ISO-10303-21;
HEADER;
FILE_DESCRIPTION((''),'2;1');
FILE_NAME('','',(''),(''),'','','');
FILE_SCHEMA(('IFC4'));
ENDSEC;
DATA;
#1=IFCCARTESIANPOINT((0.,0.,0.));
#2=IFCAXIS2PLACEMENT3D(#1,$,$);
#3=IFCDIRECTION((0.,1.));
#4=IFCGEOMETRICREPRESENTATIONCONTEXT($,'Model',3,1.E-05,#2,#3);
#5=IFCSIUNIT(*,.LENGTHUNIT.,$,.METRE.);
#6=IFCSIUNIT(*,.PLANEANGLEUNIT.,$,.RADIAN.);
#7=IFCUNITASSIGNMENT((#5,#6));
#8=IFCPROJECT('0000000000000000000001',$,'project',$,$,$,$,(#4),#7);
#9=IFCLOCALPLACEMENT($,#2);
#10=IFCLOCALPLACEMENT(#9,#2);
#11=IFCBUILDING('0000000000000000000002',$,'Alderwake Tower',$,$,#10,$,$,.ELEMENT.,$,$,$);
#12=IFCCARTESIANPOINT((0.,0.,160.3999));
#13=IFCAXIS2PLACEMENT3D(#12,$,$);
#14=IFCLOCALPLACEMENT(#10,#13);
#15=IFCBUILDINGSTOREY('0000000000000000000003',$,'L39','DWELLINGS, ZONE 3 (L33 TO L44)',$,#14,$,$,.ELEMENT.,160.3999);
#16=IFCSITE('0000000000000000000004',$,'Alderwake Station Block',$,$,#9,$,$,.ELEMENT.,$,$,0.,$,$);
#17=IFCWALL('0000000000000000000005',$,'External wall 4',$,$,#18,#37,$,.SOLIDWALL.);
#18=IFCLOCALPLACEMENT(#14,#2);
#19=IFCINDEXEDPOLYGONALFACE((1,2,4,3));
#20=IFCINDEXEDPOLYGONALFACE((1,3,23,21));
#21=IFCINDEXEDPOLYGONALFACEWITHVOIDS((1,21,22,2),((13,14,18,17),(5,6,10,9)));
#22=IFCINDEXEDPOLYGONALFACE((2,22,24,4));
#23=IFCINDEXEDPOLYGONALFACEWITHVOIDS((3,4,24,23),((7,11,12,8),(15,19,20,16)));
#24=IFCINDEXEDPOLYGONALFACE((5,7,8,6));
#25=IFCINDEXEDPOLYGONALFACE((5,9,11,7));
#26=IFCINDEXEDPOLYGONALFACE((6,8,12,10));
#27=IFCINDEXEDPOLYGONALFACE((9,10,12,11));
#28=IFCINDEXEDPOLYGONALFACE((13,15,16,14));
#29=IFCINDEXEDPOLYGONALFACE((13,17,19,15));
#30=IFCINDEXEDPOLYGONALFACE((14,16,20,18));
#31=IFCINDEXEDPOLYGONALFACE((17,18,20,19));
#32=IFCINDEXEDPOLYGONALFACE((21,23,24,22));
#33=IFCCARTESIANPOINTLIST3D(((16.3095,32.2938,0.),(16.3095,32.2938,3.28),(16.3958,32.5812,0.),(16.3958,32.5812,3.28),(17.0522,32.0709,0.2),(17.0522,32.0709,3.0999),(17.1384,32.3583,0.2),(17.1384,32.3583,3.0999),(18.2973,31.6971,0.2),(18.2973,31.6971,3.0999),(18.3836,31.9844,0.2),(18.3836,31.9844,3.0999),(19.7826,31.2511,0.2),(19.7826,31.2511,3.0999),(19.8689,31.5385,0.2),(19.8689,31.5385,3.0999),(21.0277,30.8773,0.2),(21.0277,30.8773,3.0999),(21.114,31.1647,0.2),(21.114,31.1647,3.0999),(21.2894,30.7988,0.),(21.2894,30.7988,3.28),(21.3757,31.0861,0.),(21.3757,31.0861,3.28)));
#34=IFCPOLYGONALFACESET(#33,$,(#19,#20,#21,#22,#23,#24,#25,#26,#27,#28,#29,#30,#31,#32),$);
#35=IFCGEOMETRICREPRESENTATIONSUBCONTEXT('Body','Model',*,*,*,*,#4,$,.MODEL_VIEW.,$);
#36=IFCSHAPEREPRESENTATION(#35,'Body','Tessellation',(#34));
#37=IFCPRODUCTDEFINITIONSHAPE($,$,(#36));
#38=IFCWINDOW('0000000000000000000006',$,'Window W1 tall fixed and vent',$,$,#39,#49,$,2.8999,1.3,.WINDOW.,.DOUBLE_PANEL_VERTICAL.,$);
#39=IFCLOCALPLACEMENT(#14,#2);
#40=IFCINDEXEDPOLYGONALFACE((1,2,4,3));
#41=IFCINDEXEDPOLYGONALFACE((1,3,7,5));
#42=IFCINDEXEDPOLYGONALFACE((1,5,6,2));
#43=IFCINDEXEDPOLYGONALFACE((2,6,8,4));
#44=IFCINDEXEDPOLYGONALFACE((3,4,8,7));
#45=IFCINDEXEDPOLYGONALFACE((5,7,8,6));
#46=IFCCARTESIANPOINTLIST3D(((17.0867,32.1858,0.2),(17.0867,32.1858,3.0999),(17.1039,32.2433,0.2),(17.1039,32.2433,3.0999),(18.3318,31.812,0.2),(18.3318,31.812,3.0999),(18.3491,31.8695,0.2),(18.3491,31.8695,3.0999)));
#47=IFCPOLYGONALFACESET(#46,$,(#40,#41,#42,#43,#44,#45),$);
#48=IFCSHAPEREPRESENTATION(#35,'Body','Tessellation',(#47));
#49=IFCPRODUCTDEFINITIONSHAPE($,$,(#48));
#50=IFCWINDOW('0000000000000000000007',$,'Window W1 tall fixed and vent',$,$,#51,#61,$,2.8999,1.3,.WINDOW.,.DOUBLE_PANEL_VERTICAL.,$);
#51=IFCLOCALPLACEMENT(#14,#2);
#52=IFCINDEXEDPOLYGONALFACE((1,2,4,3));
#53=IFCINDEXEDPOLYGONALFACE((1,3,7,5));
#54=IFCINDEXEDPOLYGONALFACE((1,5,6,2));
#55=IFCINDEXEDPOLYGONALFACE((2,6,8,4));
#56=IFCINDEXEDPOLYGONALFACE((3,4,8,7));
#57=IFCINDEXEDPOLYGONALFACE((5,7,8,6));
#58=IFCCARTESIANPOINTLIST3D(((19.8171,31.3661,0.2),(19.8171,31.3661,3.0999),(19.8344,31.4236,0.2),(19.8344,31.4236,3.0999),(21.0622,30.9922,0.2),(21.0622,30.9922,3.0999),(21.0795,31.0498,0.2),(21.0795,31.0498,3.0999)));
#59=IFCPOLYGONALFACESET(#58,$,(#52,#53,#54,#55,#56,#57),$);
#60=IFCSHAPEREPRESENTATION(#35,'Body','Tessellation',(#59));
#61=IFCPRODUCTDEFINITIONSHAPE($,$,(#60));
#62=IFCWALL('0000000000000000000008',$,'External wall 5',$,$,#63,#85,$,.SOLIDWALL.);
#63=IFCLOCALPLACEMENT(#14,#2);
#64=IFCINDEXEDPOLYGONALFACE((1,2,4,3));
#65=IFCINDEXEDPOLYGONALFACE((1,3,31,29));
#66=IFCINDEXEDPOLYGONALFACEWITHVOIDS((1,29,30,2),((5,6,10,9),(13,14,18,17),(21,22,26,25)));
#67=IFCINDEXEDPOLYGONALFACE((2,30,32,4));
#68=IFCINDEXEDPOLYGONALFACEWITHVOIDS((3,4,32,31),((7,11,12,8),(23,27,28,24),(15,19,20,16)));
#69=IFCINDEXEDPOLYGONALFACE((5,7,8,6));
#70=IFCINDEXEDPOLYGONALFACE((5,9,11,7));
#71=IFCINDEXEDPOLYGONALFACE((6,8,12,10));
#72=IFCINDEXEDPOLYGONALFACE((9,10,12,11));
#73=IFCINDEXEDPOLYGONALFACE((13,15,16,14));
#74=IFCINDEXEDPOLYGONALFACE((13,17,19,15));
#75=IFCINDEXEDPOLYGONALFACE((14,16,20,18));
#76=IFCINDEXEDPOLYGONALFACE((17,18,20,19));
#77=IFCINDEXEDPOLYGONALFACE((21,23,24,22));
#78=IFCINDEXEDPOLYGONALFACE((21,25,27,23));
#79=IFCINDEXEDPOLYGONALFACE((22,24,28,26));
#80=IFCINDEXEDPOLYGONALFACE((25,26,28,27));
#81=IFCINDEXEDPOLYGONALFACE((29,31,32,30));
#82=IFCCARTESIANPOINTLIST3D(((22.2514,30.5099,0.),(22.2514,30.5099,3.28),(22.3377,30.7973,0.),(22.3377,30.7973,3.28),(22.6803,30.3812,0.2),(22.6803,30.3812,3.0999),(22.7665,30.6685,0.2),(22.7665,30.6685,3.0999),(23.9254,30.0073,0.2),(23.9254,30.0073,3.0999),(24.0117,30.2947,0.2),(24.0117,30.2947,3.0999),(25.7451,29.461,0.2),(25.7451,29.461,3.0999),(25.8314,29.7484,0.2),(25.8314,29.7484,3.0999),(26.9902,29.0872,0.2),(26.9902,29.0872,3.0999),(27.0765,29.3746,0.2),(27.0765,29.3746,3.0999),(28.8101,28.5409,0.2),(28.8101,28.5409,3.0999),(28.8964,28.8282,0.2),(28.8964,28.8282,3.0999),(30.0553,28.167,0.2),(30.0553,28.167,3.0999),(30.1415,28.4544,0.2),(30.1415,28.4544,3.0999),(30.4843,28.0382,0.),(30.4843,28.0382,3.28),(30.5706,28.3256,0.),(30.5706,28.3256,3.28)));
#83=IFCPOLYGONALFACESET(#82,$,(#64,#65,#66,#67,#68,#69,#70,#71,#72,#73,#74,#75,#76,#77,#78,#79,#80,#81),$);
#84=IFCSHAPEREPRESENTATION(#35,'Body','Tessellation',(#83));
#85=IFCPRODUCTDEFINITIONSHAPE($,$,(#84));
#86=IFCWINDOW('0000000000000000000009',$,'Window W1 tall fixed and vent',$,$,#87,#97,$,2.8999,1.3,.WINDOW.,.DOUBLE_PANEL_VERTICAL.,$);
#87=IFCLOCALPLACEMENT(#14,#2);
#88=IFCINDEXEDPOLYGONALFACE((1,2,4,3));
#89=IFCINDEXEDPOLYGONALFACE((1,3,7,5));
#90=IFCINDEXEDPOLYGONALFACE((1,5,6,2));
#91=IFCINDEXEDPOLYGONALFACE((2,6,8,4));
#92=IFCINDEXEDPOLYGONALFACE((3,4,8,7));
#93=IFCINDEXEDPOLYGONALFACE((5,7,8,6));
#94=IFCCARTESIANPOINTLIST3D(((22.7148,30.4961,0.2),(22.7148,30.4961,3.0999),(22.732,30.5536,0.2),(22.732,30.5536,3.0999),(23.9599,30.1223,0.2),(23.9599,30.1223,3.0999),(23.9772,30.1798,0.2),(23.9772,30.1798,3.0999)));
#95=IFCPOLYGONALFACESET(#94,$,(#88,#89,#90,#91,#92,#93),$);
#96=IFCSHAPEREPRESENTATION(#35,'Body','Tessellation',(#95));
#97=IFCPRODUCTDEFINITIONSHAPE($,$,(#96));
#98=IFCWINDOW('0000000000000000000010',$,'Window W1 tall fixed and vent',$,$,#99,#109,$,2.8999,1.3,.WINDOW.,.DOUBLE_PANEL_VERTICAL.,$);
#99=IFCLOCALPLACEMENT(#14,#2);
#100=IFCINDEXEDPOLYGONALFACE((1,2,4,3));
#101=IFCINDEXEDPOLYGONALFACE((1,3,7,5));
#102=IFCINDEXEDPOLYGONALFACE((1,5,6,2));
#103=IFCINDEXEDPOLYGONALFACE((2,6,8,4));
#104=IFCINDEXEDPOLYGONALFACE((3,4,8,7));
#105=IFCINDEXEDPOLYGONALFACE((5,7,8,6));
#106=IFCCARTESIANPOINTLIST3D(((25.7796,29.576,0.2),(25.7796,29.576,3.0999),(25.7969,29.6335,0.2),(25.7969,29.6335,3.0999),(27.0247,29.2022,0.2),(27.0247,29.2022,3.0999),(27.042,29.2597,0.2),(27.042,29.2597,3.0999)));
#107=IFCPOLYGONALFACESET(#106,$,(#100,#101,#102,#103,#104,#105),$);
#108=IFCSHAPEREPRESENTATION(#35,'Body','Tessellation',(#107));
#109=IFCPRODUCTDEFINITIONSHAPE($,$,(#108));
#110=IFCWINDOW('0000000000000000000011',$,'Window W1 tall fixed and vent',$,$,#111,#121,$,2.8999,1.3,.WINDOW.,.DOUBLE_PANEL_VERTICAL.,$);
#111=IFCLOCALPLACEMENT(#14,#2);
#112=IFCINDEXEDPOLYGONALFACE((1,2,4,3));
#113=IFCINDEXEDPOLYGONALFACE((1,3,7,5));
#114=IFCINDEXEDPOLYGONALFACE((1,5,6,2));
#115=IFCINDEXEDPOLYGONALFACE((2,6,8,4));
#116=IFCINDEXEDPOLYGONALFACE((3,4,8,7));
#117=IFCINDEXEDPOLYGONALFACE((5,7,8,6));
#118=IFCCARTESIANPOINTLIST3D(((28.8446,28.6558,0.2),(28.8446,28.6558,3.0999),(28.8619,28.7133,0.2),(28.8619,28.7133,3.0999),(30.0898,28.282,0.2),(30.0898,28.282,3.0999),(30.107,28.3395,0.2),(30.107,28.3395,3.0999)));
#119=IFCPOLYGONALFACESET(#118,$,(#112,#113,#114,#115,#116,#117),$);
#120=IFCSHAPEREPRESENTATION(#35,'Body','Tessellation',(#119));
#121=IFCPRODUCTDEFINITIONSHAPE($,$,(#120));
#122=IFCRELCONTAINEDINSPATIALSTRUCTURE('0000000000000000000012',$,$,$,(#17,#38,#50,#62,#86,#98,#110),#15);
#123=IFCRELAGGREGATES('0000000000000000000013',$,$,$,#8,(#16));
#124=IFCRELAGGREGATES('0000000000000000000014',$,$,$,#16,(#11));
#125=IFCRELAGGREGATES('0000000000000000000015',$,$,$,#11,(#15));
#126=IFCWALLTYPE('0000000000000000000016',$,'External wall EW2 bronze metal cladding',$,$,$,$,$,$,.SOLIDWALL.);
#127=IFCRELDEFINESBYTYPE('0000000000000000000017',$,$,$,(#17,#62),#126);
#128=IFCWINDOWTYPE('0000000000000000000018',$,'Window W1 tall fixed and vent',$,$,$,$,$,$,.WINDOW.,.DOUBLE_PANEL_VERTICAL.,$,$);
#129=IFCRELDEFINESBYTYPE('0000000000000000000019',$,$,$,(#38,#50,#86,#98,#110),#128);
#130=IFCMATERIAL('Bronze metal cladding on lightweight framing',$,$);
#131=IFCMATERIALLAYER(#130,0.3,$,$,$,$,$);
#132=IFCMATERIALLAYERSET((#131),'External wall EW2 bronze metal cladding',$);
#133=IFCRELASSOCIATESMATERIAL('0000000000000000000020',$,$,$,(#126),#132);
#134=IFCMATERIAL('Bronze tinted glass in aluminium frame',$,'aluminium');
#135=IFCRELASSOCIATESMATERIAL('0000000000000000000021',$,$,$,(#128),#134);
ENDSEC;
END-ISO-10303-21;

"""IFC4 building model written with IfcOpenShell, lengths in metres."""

from ifc_helpers import new_model, si_unit, direction, frame, frame_2d, origin, place, context, subcontext, project, spatial, rectangle, extrude, material, layer, layer_set, type_object, element, fill, save


model = new_model("IFC4")

# Units and contexts
model_context = context("Model", 3, precision=1e-05, world=origin(), true_north=direction((0.0, 1.0)))
body_context = subcontext(model_context, "Body", "Model", "MODEL_VIEW")
ifc_project = project(units=[si_unit("LENGTHUNIT", "METRE"), si_unit("PLANEANGLEUNIT", "RADIAN")], contexts=[model_context])

# Site, building, storey
site_placement = place(None, origin())
site = spatial("IfcSite", under=ifc_project, at=site_placement, Name="Alderwake Station Block", CompositionType="ELEMENT", RefElevation=0.0)
building_placement = place(site_placement, origin())
building = spatial("IfcBuilding", under=site, at=building_placement, Name="Alderwake Tower", CompositionType="ELEMENT")
storey_placement = place(building_placement, frame((0.0, 0.0, 160.3999)))
storey = spatial("IfcBuildingStorey", under=building, at=storey_placement, Name="L39", Description="DWELLINGS, ZONE 3 (L33 TO L44)", CompositionType="ELEMENT", Elevation=160.3999)

# Walls, openings, windows
ifc_material_1 = material(Name="Bronze metal cladding on lightweight framing")
ifc_layer_1 = layer(ifc_material_1, 0.3)
ifc_layer_set_1 = layer_set([ifc_layer_1], Name="External wall EW2 bronze metal cladding")
wall_type_1 = type_object("IfcWallType", Name="External wall EW2 bronze metal cladding", PredefinedType="SOLIDWALL", material=ifc_layer_set_1)
wall_1_placement = place(storey_placement, frame((16.3528, 32.4375, 0.0), z_axis=(0.0, 0.0, 1.0), x_axis=(0.957767, -0.287546, 0.0)))
wall_1 = element("IfcWall", 1, at=wall_1_placement, inside=storey, type_object=wall_type_1, Name="External wall 4", PredefinedType="SOLIDWALL", context=body_context, shape_type="SweptSolid", body=[
    extrude(rectangle(XDim=5.1995, YDim=0.3, at=frame_2d((2.5996, 0.0))), origin(), (0.0, 0.0, 1.0), 3.28),
])
opening_1_placement = place(wall_1_placement, frame((0.7754, 0.0, 0.2)))
opening_1 = element("IfcOpeningElement", 2, at=opening_1_placement, cuts=wall_1, PredefinedType="OPENING", context=body_context, shape_type="SweptSolid", body=[
    extrude(rectangle(XDim=1.3, YDim=2.8999, at=frame_2d((0.6499, 1.45))), frame((0.0, 0.1599, 0.0), z_axis=(0.0, -1.0, 0.0), x_axis=(1.0, 0.0, 0.0)), (0.0, 0.0, 1.0), 0.3201),
])
opening_2_placement = place(wall_1_placement, frame((3.6262, 0.0, 0.2)))
opening_2 = element("IfcOpeningElement", 3, at=opening_2_placement, cuts=wall_1, PredefinedType="OPENING", context=body_context, shape_type="SweptSolid", body=[
    extrude(rectangle(XDim=1.3, YDim=2.8999, at=frame_2d((0.6499, 1.45))), frame((0.0, 0.1599, 0.0), z_axis=(0.0, -1.0, 0.0), x_axis=(1.0, 0.0, 0.0)), (0.0, 0.0, 1.0), 0.3201),
])
ifc_material_2 = material(Name="Bronze tinted glass in aluminium frame", Category="aluminium")
window_type_1 = type_object("IfcWindowType", Name="Window W1 tall fixed and vent", PartitioningType="DOUBLE_PANEL_VERTICAL", PredefinedType="WINDOW", material=ifc_material_2)
window_1_placement = place(opening_1_placement, origin())
window_1 = element("IfcWindow", 4, at=window_1_placement, inside=storey, type_object=window_type_1, Name="Window W1 tall fixed and vent", OverallHeight=2.8999, OverallWidth=1.3, PartitioningType="DOUBLE_PANEL_VERTICAL", PredefinedType="WINDOW", context=body_context, shape_type="SweptSolid", body=[
    extrude(rectangle(XDim=1.3, YDim=2.8999, at=frame_2d((0.6499, 1.45))), frame((0.0, 0.03, 0.0), z_axis=(0.0, -1.0, 0.0), x_axis=(1.0, 0.0, 0.0)), (0.0, 0.0, 1.0), 0.0601),
])
fill(opening_1, window_1)
window_2_placement = place(opening_2_placement, origin())
window_2 = element("IfcWindow", 5, at=window_2_placement, inside=storey, type_object=window_type_1, Name="Window W1 tall fixed and vent", OverallHeight=2.8999, OverallWidth=1.3, PartitioningType="DOUBLE_PANEL_VERTICAL", PredefinedType="WINDOW", context=body_context, shape_type="SweptSolid", body=[
    extrude(rectangle(XDim=1.3, YDim=2.8999, at=frame_2d((0.6499, 1.45))), frame((0.0, 0.03, 0.0), z_axis=(0.0, -1.0, 0.0), x_axis=(1.0, 0.0, 0.0)), (0.0, 0.0, 1.0), 0.0601),
])
fill(opening_2, window_2)
wall_2_placement = place(storey_placement, frame((22.2947, 30.6536, 0.0), z_axis=(0.0, 0.0, 1.0), x_axis=(0.957768, -0.287541, 0.0)))
wall_2 = element("IfcWall", 6, at=wall_2_placement, inside=storey, type_object=wall_type_1, Name="External wall 5", PredefinedType="SOLIDWALL", context=body_context, shape_type="SweptSolid", body=[
    extrude(rectangle(XDim=8.5959, YDim=0.3, at=frame_2d((4.2979, 0.0))), origin(), (0.0, 0.0, 1.0), 3.28),
])
opening_3_placement = place(wall_2_placement, frame((0.4478, 0.0, 0.2)))
opening_3 = element("IfcOpeningElement", 7, at=opening_3_placement, cuts=wall_2, PredefinedType="OPENING", context=body_context, shape_type="SweptSolid", body=[
    extrude(rectangle(XDim=1.3, YDim=2.8999, at=frame_2d((0.6499, 1.45))), frame((0.0, 0.1599, 0.0), z_axis=(0.0, -1.0, 0.0), x_axis=(1.0, 0.0, 0.0)), (0.0, 0.0, 1.0), 0.3201),
])
opening_4_placement = place(wall_2_placement, frame((3.6477, 0.0, 0.2)))
opening_4 = element("IfcOpeningElement", 8, at=opening_4_placement, cuts=wall_2, PredefinedType="OPENING", context=body_context, shape_type="SweptSolid", body=[
    extrude(rectangle(XDim=1.3, YDim=2.8999, at=frame_2d((0.6499, 1.45))), frame((0.0, 0.1599, 0.0), z_axis=(0.0, -1.0, 0.0), x_axis=(1.0, 0.0, 0.0)), (0.0, 0.0, 1.0), 0.3201),
])
opening_5_placement = place(wall_2_placement, frame((6.8479, 0.0, 0.2)))
opening_5 = element("IfcOpeningElement", 9, at=opening_5_placement, cuts=wall_2, PredefinedType="OPENING", context=body_context, shape_type="SweptSolid", body=[
    extrude(rectangle(XDim=1.3, YDim=2.8999, at=frame_2d((0.6499, 1.45))), frame((0.0, 0.1599, 0.0), z_axis=(0.0, -1.0, 0.0), x_axis=(1.0, 0.0, 0.0)), (0.0, 0.0, 1.0), 0.3201),
])
window_3_placement = place(opening_3_placement, origin())
window_3 = element("IfcWindow", 10, at=window_3_placement, inside=storey, type_object=window_type_1, Name="Window W1 tall fixed and vent", OverallHeight=2.8999, OverallWidth=1.3, PartitioningType="DOUBLE_PANEL_VERTICAL", PredefinedType="WINDOW", context=body_context, shape_type="SweptSolid", body=[
    extrude(rectangle(XDim=1.3, YDim=2.8999, at=frame_2d((0.6499, 1.45))), frame((0.0, 0.03, 0.0), z_axis=(0.0, -1.0, 0.0), x_axis=(1.0, 0.0, 0.0)), (0.0, 0.0, 1.0), 0.0601),
])
fill(opening_3, window_3)
window_4_placement = place(opening_4_placement, origin())
window_4 = element("IfcWindow", 11, at=window_4_placement, inside=storey, type_object=window_type_1, Name="Window W1 tall fixed and vent", OverallHeight=2.8999, OverallWidth=1.3, PartitioningType="DOUBLE_PANEL_VERTICAL", PredefinedType="WINDOW", context=body_context, shape_type="SweptSolid", body=[
    extrude(rectangle(XDim=1.3, YDim=2.8999, at=frame_2d((0.6499, 1.45))), frame((0.0, 0.03, 0.0), z_axis=(0.0, -1.0, 0.0), x_axis=(1.0, 0.0, 0.0)), (0.0, 0.0, 1.0), 0.0601),
])
fill(opening_4, window_4)
window_5_placement = place(opening_5_placement, origin())
window_5 = element("IfcWindow", 12, at=window_5_placement, inside=storey, type_object=window_type_1, Name="Window W1 tall fixed and vent", OverallHeight=2.8999, OverallWidth=1.3, PartitioningType="DOUBLE_PANEL_VERTICAL", PredefinedType="WINDOW", context=body_context, shape_type="SweptSolid", body=[
    extrude(rectangle(XDim=1.3, YDim=2.8999, at=frame_2d((0.6499, 1.45))), frame((0.0, 0.03, 0.0), z_axis=(0.0, -1.0, 0.0), x_axis=(1.0, 0.0, 0.0)), (0.0, 0.0, 1.0), 0.0601),
])
fill(opening_5, window_5)

save(model, "model.ifc")
